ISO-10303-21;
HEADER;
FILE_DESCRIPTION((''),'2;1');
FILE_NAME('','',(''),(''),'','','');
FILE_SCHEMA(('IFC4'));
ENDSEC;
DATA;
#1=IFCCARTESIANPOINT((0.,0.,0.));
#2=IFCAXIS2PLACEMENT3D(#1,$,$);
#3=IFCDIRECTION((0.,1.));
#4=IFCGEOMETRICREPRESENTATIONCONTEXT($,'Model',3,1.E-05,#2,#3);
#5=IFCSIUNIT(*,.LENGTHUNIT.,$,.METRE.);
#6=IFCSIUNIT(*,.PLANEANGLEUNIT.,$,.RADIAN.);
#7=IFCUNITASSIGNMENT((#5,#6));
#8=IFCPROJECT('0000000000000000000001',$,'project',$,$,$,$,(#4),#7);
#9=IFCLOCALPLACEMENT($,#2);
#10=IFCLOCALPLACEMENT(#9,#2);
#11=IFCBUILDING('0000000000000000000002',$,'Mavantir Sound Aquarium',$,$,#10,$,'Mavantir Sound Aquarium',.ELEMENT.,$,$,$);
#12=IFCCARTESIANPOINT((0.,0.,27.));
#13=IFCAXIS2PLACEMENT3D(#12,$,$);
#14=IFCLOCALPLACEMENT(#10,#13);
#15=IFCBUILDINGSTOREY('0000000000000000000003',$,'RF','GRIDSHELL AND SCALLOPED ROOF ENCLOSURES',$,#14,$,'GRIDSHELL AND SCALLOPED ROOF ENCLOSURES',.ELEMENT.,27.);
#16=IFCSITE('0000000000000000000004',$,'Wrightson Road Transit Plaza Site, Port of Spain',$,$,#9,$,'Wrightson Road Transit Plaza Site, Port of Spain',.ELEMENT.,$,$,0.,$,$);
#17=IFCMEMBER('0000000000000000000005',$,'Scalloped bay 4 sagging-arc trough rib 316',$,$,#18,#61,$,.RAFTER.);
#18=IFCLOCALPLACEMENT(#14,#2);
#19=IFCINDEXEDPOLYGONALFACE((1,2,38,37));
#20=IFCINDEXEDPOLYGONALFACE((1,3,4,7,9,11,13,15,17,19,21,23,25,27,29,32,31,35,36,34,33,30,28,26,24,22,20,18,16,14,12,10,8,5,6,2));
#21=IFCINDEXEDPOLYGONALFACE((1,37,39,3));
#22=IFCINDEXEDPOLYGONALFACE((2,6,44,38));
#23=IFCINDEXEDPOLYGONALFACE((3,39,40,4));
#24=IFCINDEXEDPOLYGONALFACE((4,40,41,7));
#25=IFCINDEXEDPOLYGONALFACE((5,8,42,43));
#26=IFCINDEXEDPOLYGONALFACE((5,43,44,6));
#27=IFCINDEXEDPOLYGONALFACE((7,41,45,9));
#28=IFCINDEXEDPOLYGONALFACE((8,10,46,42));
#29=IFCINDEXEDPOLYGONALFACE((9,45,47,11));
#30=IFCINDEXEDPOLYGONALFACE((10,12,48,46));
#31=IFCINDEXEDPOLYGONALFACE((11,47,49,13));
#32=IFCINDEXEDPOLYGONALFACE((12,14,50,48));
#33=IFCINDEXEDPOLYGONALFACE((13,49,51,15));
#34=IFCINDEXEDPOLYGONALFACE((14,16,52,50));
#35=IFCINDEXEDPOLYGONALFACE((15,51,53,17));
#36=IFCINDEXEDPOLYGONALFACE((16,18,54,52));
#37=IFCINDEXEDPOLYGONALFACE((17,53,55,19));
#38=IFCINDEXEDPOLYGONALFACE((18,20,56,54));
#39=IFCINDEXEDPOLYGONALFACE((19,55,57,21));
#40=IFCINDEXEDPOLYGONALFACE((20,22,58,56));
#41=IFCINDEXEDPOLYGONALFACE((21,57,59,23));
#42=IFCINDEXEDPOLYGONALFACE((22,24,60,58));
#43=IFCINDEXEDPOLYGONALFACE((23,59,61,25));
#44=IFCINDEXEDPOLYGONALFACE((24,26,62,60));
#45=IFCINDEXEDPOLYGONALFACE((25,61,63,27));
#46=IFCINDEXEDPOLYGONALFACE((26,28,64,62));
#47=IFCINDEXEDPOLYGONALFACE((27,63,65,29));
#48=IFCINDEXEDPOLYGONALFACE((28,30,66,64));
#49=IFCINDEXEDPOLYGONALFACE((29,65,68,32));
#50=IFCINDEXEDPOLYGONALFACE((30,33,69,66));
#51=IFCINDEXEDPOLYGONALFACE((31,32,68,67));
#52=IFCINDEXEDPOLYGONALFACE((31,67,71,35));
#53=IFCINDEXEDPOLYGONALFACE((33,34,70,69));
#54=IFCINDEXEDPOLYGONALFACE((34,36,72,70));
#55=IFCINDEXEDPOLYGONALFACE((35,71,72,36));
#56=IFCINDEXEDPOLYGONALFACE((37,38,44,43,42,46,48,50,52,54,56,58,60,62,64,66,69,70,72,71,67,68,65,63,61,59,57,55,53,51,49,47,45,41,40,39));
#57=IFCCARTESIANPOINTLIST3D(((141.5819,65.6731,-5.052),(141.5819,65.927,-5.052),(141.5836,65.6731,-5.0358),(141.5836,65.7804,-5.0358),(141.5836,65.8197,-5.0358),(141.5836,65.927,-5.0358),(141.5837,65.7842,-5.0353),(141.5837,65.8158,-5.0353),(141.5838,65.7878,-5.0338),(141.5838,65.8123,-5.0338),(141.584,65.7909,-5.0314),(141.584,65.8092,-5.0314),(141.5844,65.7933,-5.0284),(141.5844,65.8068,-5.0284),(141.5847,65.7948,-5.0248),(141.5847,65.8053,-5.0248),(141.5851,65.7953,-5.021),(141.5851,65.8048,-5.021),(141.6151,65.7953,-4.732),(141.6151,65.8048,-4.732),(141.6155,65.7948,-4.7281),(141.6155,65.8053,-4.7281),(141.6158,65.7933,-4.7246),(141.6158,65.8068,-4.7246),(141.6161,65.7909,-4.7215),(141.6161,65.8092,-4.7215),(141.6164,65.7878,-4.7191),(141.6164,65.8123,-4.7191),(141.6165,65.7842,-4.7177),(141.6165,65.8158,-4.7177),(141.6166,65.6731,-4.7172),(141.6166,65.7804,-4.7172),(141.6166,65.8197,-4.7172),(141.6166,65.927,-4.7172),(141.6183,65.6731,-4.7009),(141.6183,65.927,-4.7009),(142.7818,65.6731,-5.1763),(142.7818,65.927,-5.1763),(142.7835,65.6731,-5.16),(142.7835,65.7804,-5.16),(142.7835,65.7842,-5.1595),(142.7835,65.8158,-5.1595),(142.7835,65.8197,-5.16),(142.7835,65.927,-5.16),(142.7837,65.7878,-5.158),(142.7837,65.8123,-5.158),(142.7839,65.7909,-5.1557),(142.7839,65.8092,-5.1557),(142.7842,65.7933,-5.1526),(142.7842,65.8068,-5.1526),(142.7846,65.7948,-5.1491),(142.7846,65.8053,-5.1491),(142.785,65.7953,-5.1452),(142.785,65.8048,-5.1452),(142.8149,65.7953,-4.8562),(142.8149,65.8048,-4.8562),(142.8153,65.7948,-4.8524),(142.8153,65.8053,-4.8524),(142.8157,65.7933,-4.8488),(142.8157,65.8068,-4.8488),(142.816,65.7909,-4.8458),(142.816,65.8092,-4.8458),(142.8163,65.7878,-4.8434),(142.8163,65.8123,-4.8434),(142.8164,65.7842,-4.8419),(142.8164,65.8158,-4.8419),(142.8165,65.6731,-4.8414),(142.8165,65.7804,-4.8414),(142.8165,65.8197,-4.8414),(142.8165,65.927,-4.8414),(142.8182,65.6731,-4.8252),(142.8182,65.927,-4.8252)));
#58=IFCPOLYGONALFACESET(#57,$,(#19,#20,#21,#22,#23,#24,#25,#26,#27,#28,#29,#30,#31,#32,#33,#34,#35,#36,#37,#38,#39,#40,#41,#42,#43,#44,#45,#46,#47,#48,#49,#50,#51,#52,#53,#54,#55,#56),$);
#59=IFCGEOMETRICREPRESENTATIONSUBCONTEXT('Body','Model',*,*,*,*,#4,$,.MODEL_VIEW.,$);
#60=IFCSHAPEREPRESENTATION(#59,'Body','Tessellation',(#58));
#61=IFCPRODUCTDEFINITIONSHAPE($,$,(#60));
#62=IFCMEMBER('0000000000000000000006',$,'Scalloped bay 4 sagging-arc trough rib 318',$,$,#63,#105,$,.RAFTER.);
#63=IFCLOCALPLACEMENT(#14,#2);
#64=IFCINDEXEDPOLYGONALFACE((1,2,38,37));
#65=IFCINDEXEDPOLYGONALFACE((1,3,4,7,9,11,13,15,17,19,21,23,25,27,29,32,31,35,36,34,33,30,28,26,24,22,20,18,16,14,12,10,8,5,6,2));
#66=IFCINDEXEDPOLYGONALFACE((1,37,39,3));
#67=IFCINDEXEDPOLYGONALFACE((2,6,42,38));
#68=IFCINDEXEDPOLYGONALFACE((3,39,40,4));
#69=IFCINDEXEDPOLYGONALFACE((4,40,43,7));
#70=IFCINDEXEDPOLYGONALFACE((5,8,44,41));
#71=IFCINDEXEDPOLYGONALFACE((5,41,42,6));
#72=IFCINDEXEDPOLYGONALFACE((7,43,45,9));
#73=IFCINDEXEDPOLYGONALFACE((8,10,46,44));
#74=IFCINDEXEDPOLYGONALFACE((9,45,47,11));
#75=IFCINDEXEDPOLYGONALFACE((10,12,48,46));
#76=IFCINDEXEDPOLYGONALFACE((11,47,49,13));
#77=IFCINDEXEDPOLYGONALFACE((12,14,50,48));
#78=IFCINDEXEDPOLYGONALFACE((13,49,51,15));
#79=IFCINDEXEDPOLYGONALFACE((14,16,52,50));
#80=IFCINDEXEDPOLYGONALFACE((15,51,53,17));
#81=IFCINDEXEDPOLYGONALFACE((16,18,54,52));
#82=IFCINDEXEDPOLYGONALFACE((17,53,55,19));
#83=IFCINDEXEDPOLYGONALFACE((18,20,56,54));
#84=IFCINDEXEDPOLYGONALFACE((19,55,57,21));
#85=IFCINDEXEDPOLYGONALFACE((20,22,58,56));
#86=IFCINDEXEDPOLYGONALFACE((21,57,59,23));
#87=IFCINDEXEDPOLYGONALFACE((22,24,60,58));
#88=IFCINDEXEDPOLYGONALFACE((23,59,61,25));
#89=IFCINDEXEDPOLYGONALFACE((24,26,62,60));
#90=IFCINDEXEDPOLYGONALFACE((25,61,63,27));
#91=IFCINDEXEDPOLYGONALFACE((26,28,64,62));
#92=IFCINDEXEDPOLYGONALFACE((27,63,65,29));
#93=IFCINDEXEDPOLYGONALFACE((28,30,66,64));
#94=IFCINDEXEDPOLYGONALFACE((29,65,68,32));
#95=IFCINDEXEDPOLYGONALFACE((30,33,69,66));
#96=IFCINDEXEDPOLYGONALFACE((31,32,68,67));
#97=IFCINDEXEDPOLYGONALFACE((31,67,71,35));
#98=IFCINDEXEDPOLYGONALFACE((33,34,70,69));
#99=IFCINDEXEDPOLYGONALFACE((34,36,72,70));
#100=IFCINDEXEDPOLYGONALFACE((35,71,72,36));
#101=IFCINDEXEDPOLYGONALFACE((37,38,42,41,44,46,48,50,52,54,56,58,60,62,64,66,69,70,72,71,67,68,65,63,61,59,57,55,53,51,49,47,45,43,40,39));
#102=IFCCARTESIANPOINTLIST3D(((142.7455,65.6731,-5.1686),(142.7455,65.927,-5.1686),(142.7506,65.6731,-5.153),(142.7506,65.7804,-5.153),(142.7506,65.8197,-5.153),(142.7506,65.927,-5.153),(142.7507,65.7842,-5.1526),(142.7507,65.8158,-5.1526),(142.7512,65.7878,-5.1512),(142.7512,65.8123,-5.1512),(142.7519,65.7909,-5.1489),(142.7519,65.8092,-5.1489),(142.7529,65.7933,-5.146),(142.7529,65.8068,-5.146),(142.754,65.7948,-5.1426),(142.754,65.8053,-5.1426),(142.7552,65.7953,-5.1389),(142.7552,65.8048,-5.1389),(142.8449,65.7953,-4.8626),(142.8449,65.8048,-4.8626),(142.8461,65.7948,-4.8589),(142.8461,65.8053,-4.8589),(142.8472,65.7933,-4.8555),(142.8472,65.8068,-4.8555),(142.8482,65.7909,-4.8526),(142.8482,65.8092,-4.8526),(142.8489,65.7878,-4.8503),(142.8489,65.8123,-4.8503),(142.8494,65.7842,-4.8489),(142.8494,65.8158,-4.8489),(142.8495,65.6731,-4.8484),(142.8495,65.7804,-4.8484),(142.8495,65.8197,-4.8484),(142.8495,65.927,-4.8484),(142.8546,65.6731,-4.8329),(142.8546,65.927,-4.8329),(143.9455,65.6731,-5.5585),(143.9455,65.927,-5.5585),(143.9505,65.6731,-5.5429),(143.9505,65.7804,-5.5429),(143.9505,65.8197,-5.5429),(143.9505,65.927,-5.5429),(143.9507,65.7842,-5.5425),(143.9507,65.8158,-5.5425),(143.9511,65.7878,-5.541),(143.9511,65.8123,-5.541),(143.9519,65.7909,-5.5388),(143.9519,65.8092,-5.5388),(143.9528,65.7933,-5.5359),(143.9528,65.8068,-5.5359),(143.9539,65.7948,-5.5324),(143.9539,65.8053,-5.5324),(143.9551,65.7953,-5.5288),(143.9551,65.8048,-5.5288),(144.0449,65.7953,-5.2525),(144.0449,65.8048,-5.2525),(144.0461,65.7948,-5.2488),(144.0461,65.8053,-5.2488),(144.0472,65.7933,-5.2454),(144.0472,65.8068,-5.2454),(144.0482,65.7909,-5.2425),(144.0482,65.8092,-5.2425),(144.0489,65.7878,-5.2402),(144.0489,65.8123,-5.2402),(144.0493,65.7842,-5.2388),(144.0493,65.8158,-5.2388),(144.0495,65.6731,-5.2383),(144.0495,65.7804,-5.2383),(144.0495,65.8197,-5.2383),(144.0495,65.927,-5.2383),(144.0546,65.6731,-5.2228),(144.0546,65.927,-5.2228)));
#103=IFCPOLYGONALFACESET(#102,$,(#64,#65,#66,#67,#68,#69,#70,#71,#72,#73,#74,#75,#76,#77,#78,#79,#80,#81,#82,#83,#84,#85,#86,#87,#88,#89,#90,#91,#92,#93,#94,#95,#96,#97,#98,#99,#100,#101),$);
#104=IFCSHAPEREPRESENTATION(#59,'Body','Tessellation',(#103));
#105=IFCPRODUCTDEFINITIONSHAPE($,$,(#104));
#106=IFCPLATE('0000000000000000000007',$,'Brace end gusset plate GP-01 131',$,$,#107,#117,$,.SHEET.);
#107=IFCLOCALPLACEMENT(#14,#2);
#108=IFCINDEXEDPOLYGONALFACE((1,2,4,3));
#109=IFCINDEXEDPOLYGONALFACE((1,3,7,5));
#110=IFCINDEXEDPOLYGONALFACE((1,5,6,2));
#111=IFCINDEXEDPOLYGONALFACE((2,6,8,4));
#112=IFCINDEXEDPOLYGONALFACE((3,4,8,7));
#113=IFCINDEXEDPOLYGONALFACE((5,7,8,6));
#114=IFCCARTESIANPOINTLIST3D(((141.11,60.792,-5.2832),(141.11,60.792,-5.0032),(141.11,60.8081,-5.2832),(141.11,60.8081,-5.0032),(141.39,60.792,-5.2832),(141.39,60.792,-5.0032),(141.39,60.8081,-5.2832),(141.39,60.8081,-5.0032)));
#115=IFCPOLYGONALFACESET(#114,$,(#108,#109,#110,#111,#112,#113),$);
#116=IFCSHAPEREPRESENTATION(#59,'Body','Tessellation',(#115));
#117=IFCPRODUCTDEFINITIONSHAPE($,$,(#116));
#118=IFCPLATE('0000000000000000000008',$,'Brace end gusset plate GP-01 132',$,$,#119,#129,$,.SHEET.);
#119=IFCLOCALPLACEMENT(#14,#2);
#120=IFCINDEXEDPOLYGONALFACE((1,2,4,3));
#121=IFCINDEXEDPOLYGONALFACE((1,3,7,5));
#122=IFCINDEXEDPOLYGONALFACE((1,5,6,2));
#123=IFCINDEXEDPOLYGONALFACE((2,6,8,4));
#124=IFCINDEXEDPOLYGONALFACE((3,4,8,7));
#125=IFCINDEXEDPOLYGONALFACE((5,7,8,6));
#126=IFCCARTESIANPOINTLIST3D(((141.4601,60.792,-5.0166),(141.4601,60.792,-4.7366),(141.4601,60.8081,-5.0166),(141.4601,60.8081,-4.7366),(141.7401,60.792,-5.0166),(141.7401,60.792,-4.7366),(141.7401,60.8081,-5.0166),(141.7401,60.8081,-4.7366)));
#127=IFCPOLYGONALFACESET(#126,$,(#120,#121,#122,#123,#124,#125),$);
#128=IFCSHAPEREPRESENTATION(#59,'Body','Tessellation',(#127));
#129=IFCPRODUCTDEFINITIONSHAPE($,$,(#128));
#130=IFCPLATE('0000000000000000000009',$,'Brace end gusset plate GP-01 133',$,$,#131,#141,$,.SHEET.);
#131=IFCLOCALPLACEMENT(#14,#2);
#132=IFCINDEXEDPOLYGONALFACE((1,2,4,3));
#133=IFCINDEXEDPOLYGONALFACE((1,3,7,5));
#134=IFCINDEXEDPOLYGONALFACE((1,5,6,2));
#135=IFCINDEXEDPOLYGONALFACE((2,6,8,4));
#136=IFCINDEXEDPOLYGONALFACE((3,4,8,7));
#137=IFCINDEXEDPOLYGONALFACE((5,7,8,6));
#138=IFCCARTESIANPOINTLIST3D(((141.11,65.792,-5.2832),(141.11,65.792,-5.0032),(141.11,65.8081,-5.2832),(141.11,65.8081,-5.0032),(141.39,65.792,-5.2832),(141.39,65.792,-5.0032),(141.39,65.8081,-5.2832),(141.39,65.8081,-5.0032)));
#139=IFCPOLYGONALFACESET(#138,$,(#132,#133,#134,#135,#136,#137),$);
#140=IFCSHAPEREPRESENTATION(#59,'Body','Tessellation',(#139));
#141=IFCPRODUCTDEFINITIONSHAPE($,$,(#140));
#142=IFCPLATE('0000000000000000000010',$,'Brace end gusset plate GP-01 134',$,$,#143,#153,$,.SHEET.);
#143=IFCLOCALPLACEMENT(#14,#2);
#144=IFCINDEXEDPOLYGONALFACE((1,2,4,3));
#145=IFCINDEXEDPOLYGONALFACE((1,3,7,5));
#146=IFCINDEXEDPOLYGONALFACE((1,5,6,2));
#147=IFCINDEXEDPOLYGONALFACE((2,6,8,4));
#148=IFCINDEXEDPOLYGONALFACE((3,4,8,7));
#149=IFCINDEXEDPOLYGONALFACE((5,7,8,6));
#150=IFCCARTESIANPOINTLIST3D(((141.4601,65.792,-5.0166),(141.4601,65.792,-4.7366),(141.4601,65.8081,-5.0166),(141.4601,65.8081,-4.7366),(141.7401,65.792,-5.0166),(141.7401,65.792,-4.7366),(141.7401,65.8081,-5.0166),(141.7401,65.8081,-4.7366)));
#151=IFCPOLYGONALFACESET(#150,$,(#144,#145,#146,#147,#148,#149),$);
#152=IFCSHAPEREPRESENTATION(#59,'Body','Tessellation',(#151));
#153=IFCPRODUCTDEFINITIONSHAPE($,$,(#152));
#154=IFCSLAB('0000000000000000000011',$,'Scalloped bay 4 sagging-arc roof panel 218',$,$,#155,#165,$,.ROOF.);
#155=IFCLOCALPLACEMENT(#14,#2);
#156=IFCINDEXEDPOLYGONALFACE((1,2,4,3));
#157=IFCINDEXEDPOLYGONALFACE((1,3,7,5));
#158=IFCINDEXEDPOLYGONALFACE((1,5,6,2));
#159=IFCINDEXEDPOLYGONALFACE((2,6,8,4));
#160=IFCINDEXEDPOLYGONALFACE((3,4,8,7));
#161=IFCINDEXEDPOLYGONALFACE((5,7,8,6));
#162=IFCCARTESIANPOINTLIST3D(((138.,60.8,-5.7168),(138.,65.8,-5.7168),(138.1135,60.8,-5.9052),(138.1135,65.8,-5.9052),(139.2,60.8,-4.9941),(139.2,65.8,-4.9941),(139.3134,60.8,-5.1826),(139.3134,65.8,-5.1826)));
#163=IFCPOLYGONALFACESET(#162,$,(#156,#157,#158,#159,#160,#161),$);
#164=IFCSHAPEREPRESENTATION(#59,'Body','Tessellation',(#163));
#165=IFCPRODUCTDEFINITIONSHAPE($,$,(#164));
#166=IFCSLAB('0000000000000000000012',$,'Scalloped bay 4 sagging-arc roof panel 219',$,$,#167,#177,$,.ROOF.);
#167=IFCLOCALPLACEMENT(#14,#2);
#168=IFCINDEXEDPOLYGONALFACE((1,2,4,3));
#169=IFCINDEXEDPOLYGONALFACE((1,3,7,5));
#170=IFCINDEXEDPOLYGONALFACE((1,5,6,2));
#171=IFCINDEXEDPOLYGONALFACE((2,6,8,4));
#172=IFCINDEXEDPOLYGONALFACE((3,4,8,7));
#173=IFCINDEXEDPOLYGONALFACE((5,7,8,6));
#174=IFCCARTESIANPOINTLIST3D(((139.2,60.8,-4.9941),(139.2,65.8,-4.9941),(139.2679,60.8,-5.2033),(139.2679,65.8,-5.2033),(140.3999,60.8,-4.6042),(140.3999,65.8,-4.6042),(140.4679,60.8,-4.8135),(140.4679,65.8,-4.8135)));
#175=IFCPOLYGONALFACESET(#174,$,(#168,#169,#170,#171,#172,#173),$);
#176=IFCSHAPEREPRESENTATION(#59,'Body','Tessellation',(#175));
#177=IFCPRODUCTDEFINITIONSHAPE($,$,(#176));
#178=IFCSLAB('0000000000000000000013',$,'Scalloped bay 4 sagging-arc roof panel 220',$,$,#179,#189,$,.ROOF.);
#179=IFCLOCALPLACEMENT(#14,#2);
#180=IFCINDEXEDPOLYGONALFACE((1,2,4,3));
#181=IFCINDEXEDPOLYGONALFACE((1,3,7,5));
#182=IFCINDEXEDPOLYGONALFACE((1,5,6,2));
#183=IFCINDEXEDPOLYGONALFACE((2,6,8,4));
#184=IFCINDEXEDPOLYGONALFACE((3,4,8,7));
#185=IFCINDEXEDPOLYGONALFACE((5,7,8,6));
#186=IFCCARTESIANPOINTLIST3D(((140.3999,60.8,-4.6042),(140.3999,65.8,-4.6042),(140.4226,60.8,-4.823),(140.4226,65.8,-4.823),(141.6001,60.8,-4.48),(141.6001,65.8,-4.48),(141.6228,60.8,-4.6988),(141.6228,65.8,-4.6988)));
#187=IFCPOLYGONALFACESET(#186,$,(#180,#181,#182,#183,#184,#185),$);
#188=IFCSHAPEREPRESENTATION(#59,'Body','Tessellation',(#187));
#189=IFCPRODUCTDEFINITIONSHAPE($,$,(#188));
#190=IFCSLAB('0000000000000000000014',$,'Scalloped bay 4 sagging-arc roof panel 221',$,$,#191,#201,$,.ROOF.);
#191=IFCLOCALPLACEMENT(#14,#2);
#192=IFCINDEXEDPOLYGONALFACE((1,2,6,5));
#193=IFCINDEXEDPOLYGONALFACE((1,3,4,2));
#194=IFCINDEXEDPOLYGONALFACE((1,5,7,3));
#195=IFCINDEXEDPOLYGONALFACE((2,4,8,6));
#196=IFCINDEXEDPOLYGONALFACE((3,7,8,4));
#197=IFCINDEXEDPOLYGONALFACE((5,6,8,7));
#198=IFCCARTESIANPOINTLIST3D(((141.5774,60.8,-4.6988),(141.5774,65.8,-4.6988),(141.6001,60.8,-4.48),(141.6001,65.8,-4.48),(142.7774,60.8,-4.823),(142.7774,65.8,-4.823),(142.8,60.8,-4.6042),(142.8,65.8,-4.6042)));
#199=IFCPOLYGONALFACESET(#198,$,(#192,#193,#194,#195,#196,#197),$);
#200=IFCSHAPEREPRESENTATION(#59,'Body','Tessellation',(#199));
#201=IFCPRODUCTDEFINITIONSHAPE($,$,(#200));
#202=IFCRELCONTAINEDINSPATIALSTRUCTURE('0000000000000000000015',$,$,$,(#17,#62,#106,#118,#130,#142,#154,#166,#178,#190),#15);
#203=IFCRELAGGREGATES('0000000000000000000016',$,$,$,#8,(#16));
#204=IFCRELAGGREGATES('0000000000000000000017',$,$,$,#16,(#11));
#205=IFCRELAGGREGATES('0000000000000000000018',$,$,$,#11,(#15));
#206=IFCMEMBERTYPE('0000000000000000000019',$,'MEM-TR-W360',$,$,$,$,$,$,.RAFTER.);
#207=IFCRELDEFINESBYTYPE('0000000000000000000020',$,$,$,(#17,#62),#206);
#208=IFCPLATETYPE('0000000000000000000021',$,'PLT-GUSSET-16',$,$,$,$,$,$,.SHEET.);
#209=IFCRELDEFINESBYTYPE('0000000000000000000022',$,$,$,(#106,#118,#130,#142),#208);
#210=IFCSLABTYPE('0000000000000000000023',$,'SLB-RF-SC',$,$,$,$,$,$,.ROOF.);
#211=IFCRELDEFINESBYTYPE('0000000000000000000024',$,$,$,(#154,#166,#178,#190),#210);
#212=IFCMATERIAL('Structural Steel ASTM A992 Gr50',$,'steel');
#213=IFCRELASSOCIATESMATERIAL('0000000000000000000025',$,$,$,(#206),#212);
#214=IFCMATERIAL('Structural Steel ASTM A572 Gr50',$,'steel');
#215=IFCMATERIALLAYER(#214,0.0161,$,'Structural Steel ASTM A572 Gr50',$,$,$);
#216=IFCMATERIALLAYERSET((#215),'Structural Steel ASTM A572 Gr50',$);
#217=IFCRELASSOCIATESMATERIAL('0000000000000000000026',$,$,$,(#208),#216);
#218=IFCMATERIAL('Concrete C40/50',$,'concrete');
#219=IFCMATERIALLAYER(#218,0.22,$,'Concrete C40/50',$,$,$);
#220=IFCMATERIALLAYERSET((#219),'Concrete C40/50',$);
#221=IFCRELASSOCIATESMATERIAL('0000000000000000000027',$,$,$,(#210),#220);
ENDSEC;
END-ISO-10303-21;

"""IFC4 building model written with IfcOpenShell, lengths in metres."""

from ifc_helpers import new_model, si_unit, direction, frame, origin, origin_2d, place, context, subcontext, project, spatial, polyline, rectangle, i_section, outline, extrude, material, layer, layer_set, material_profile, profile_set, type_object, element, save


model = new_model("IFC4")

# Units and contexts
model_context = context("Model", 3, precision=1e-05, world=origin(), true_north=direction((0.0, 1.0)))
body_context = subcontext(model_context, "Body", "Model", "MODEL_VIEW")
ifc_project = project(units=[si_unit("LENGTHUNIT", "METRE"), si_unit("PLANEANGLEUNIT", "RADIAN")], contexts=[model_context])

# Site, building, storey
site_placement = place(None, origin())
site = spatial("IfcSite", under=ifc_project, at=site_placement, Name="Wrightson Road Transit Plaza Site, Port of Spain", LongName="Wrightson Road Transit Plaza Site, Port of Spain", CompositionType="ELEMENT", RefElevation=0.0)
building_placement = place(site_placement, origin())
building = spatial("IfcBuilding", under=site, at=building_placement, Name="Mavantir Sound Aquarium", LongName="Mavantir Sound Aquarium", CompositionType="ELEMENT")
storey_placement = place(building_placement, frame((0.0, 0.0, 27.0)))
storey = spatial("IfcBuildingStorey", under=building, at=storey_placement, Name="RF", Description="GRIDSHELL AND SCALLOPED ROOF ENCLOSURES", LongName="GRIDSHELL AND SCALLOPED ROOF ENCLOSURES", CompositionType="ELEMENT", Elevation=27.0)

# Shared definitions
ifc_material_1 = material(Name="Structural Steel ASTM A992 Gr50", Category="steel")

# Members
ifc_material_profile_1 = material_profile(ifc_material_1, i_section(OverallWidth=0.2539, OverallDepth=0.353, WebThickness=0.0095, FlangeThickness=0.0164, FilletRadius=0.0149, at=origin_2d()), Name="W360X91")
ifc_profile_set_1 = profile_set([ifc_material_profile_1], Name="Structural Steel ASTM A992 Gr50")
member_type_1 = type_object("IfcMemberType", Name="MEM-TR-W360", PredefinedType="RAFTER", material=ifc_profile_set_1)
member_1_placement = place(storey_placement, frame((141.6001, 65.8, -4.8765), z_axis=(0.99468, 0.0, -0.10301), x_axis=(0.0, 1.0, 0.0)))
element("IfcMember", 1, at=member_1_placement, inside=storey, type_object=member_type_1, Name="Scalloped bay 4 sagging-arc trough rib 316", PredefinedType="RAFTER", context=body_context, shape_type="SweptSolid", body=[
    extrude(i_section(OverallWidth=0.2539, OverallDepth=0.353, WebThickness=0.0095, FlangeThickness=0.0164, FilletRadius=0.0149, at=origin_2d()), origin(), (0.0, 0.0, 1.0), 1.2063),
])
member_2_placement = place(storey_placement, frame((142.8, 65.8, -5.0007), z_axis=(0.951055, 0.0, -0.30902), x_axis=(0.0, 1.0, 0.0)))
element("IfcMember", 2, at=member_2_placement, inside=storey, type_object=member_type_1, Name="Scalloped bay 4 sagging-arc trough rib 318", PredefinedType="RAFTER", context=body_context, shape_type="SweptSolid", body=[
    extrude(i_section(OverallWidth=0.2539, OverallDepth=0.353, WebThickness=0.0095, FlangeThickness=0.0164, FilletRadius=0.0149, at=origin_2d()), origin(), (0.0, 0.0, 1.0), 1.2617),
])

# Plates
ifc_material_2 = material(Name="Structural Steel ASTM A572 Gr50", Category="steel")
ifc_layer_1 = layer(ifc_material_2, 0.0161, Name="Structural Steel ASTM A572 Gr50")
ifc_layer_set_1 = layer_set([ifc_layer_1], Name="Structural Steel ASTM A572 Gr50")
plate_type = type_object("IfcPlateType", Name="PLT-GUSSET-16", PredefinedType="SHEET", material=ifc_layer_set_1)
for number, where, z_axis, x_axis, name in (
    (3, (141.25, 60.8, -5.2832), (0.0, 0.0, 1.0), (1.0, 0.0, 0.0), "Brace end gusset plate GP-01 131"),
    (4, (141.6001, 60.8, -5.0166), (0.0, 0.0, 1.0), (1.0, 0.0, 0.0), "Brace end gusset plate GP-01 132"),
    (5, (141.25, 65.8, -5.2832), (0.0, 0.0, 1.0), (1.0, 0.0, 0.0), "Brace end gusset plate GP-01 133"),
    (6, (141.6001, 65.8, -5.0166), (0.0, 0.0, 1.0), (1.0, 0.0, 0.0), "Brace end gusset plate GP-01 134"),
):
    element("IfcPlate", number, at=place(storey_placement, frame(where, z_axis=z_axis, x_axis=x_axis)), inside=storey, type_object=plate_type, Name=name, PredefinedType="SHEET", context=body_context, shape_type="SweptSolid", body=[
        extrude(rectangle(XDim=0.28, YDim=0.0161, at=origin_2d()), origin(), (0.0, 0.0, 1.0), 0.28),
    ])

# Slabs
ifc_material_3 = material(Name="Concrete C40/50", Category="concrete")
ifc_layer_2 = layer(ifc_material_3, 0.22, Name="Concrete C40/50")
ifc_layer_set_2 = layer_set([ifc_layer_2], Name="Concrete C40/50")
slab_type = type_object("IfcSlabType", Name="SLB-RF-SC", PredefinedType="ROOF", material=ifc_layer_set_2)
slab_1_placement = place(storey_placement, frame((138.0, 60.8, -5.7168), z_axis=(-0.515905, 0.0, 0.856646), x_axis=(0.856646, 0.0, 0.515905)))
element("IfcSlab", 7, at=slab_1_placement, inside=storey, type_object=slab_type, Name="Scalloped bay 4 sagging-arc roof panel 218", PredefinedType="ROOF", context=body_context, shape_type="SweptSolid", body=[
    extrude(outline(polyline([(0.0, 0.0), (1.4008, 0.0), (1.4008, 5.0), (0.0, 5.0), (0.0, 0.0)])), origin(), (0.0, 0.0, -1.0), 0.22),
])
slab_2_placement = place(storey_placement, frame((139.2, 60.8, -4.9941), z_axis=(-0.30902, 0.0, 0.951055), x_axis=(0.951055, 0.0, 0.30902)))
element("IfcSlab", 8, at=slab_2_placement, inside=storey, type_object=slab_type, Name="Scalloped bay 4 sagging-arc roof panel 219", PredefinedType="ROOF", context=body_context, shape_type="SweptSolid", body=[
    extrude(outline(polyline([(0.0, 0.0), (1.2617, 0.0), (1.2617, 5.0), (0.0, 5.0), (0.0, 0.0)])), origin(), (0.0, 0.0, -1.0), 0.22),
])
slab_3_placement = place(storey_placement, frame((140.3999, 60.8, -4.6042), z_axis=(-0.102989, 0.0, 0.994683), x_axis=(0.994683, 0.0, 0.102989)))
element("IfcSlab", 9, at=slab_3_placement, inside=storey, type_object=slab_type, Name="Scalloped bay 4 sagging-arc roof panel 220", PredefinedType="ROOF", context=body_context, shape_type="SweptSolid", body=[
    extrude(outline(polyline([(0.0, 0.0), (1.2066, 0.0), (1.2066, 5.0), (0.0, 5.0), (0.0, 0.0)])), origin(), (0.0, 0.0, -1.0), 0.22),
])
slab_4_placement = place(storey_placement, frame((141.6001, 60.8, -4.48), z_axis=(0.10301, 0.0, 0.99468), x_axis=(0.99468, 0.0, -0.10301)))
element("IfcSlab", 10, at=slab_4_placement, inside=storey, type_object=slab_type, Name="Scalloped bay 4 sagging-arc roof panel 221", PredefinedType="ROOF", context=body_context, shape_type="SweptSolid", body=[
    extrude(outline(polyline([(0.0, 0.0), (1.2064, 0.0), (1.2064, 5.0), (0.0, 5.0), (0.0, 0.0)])), origin(), (0.0, 0.0, -1.0), 0.22),
])

save(model, "model.ifc")
